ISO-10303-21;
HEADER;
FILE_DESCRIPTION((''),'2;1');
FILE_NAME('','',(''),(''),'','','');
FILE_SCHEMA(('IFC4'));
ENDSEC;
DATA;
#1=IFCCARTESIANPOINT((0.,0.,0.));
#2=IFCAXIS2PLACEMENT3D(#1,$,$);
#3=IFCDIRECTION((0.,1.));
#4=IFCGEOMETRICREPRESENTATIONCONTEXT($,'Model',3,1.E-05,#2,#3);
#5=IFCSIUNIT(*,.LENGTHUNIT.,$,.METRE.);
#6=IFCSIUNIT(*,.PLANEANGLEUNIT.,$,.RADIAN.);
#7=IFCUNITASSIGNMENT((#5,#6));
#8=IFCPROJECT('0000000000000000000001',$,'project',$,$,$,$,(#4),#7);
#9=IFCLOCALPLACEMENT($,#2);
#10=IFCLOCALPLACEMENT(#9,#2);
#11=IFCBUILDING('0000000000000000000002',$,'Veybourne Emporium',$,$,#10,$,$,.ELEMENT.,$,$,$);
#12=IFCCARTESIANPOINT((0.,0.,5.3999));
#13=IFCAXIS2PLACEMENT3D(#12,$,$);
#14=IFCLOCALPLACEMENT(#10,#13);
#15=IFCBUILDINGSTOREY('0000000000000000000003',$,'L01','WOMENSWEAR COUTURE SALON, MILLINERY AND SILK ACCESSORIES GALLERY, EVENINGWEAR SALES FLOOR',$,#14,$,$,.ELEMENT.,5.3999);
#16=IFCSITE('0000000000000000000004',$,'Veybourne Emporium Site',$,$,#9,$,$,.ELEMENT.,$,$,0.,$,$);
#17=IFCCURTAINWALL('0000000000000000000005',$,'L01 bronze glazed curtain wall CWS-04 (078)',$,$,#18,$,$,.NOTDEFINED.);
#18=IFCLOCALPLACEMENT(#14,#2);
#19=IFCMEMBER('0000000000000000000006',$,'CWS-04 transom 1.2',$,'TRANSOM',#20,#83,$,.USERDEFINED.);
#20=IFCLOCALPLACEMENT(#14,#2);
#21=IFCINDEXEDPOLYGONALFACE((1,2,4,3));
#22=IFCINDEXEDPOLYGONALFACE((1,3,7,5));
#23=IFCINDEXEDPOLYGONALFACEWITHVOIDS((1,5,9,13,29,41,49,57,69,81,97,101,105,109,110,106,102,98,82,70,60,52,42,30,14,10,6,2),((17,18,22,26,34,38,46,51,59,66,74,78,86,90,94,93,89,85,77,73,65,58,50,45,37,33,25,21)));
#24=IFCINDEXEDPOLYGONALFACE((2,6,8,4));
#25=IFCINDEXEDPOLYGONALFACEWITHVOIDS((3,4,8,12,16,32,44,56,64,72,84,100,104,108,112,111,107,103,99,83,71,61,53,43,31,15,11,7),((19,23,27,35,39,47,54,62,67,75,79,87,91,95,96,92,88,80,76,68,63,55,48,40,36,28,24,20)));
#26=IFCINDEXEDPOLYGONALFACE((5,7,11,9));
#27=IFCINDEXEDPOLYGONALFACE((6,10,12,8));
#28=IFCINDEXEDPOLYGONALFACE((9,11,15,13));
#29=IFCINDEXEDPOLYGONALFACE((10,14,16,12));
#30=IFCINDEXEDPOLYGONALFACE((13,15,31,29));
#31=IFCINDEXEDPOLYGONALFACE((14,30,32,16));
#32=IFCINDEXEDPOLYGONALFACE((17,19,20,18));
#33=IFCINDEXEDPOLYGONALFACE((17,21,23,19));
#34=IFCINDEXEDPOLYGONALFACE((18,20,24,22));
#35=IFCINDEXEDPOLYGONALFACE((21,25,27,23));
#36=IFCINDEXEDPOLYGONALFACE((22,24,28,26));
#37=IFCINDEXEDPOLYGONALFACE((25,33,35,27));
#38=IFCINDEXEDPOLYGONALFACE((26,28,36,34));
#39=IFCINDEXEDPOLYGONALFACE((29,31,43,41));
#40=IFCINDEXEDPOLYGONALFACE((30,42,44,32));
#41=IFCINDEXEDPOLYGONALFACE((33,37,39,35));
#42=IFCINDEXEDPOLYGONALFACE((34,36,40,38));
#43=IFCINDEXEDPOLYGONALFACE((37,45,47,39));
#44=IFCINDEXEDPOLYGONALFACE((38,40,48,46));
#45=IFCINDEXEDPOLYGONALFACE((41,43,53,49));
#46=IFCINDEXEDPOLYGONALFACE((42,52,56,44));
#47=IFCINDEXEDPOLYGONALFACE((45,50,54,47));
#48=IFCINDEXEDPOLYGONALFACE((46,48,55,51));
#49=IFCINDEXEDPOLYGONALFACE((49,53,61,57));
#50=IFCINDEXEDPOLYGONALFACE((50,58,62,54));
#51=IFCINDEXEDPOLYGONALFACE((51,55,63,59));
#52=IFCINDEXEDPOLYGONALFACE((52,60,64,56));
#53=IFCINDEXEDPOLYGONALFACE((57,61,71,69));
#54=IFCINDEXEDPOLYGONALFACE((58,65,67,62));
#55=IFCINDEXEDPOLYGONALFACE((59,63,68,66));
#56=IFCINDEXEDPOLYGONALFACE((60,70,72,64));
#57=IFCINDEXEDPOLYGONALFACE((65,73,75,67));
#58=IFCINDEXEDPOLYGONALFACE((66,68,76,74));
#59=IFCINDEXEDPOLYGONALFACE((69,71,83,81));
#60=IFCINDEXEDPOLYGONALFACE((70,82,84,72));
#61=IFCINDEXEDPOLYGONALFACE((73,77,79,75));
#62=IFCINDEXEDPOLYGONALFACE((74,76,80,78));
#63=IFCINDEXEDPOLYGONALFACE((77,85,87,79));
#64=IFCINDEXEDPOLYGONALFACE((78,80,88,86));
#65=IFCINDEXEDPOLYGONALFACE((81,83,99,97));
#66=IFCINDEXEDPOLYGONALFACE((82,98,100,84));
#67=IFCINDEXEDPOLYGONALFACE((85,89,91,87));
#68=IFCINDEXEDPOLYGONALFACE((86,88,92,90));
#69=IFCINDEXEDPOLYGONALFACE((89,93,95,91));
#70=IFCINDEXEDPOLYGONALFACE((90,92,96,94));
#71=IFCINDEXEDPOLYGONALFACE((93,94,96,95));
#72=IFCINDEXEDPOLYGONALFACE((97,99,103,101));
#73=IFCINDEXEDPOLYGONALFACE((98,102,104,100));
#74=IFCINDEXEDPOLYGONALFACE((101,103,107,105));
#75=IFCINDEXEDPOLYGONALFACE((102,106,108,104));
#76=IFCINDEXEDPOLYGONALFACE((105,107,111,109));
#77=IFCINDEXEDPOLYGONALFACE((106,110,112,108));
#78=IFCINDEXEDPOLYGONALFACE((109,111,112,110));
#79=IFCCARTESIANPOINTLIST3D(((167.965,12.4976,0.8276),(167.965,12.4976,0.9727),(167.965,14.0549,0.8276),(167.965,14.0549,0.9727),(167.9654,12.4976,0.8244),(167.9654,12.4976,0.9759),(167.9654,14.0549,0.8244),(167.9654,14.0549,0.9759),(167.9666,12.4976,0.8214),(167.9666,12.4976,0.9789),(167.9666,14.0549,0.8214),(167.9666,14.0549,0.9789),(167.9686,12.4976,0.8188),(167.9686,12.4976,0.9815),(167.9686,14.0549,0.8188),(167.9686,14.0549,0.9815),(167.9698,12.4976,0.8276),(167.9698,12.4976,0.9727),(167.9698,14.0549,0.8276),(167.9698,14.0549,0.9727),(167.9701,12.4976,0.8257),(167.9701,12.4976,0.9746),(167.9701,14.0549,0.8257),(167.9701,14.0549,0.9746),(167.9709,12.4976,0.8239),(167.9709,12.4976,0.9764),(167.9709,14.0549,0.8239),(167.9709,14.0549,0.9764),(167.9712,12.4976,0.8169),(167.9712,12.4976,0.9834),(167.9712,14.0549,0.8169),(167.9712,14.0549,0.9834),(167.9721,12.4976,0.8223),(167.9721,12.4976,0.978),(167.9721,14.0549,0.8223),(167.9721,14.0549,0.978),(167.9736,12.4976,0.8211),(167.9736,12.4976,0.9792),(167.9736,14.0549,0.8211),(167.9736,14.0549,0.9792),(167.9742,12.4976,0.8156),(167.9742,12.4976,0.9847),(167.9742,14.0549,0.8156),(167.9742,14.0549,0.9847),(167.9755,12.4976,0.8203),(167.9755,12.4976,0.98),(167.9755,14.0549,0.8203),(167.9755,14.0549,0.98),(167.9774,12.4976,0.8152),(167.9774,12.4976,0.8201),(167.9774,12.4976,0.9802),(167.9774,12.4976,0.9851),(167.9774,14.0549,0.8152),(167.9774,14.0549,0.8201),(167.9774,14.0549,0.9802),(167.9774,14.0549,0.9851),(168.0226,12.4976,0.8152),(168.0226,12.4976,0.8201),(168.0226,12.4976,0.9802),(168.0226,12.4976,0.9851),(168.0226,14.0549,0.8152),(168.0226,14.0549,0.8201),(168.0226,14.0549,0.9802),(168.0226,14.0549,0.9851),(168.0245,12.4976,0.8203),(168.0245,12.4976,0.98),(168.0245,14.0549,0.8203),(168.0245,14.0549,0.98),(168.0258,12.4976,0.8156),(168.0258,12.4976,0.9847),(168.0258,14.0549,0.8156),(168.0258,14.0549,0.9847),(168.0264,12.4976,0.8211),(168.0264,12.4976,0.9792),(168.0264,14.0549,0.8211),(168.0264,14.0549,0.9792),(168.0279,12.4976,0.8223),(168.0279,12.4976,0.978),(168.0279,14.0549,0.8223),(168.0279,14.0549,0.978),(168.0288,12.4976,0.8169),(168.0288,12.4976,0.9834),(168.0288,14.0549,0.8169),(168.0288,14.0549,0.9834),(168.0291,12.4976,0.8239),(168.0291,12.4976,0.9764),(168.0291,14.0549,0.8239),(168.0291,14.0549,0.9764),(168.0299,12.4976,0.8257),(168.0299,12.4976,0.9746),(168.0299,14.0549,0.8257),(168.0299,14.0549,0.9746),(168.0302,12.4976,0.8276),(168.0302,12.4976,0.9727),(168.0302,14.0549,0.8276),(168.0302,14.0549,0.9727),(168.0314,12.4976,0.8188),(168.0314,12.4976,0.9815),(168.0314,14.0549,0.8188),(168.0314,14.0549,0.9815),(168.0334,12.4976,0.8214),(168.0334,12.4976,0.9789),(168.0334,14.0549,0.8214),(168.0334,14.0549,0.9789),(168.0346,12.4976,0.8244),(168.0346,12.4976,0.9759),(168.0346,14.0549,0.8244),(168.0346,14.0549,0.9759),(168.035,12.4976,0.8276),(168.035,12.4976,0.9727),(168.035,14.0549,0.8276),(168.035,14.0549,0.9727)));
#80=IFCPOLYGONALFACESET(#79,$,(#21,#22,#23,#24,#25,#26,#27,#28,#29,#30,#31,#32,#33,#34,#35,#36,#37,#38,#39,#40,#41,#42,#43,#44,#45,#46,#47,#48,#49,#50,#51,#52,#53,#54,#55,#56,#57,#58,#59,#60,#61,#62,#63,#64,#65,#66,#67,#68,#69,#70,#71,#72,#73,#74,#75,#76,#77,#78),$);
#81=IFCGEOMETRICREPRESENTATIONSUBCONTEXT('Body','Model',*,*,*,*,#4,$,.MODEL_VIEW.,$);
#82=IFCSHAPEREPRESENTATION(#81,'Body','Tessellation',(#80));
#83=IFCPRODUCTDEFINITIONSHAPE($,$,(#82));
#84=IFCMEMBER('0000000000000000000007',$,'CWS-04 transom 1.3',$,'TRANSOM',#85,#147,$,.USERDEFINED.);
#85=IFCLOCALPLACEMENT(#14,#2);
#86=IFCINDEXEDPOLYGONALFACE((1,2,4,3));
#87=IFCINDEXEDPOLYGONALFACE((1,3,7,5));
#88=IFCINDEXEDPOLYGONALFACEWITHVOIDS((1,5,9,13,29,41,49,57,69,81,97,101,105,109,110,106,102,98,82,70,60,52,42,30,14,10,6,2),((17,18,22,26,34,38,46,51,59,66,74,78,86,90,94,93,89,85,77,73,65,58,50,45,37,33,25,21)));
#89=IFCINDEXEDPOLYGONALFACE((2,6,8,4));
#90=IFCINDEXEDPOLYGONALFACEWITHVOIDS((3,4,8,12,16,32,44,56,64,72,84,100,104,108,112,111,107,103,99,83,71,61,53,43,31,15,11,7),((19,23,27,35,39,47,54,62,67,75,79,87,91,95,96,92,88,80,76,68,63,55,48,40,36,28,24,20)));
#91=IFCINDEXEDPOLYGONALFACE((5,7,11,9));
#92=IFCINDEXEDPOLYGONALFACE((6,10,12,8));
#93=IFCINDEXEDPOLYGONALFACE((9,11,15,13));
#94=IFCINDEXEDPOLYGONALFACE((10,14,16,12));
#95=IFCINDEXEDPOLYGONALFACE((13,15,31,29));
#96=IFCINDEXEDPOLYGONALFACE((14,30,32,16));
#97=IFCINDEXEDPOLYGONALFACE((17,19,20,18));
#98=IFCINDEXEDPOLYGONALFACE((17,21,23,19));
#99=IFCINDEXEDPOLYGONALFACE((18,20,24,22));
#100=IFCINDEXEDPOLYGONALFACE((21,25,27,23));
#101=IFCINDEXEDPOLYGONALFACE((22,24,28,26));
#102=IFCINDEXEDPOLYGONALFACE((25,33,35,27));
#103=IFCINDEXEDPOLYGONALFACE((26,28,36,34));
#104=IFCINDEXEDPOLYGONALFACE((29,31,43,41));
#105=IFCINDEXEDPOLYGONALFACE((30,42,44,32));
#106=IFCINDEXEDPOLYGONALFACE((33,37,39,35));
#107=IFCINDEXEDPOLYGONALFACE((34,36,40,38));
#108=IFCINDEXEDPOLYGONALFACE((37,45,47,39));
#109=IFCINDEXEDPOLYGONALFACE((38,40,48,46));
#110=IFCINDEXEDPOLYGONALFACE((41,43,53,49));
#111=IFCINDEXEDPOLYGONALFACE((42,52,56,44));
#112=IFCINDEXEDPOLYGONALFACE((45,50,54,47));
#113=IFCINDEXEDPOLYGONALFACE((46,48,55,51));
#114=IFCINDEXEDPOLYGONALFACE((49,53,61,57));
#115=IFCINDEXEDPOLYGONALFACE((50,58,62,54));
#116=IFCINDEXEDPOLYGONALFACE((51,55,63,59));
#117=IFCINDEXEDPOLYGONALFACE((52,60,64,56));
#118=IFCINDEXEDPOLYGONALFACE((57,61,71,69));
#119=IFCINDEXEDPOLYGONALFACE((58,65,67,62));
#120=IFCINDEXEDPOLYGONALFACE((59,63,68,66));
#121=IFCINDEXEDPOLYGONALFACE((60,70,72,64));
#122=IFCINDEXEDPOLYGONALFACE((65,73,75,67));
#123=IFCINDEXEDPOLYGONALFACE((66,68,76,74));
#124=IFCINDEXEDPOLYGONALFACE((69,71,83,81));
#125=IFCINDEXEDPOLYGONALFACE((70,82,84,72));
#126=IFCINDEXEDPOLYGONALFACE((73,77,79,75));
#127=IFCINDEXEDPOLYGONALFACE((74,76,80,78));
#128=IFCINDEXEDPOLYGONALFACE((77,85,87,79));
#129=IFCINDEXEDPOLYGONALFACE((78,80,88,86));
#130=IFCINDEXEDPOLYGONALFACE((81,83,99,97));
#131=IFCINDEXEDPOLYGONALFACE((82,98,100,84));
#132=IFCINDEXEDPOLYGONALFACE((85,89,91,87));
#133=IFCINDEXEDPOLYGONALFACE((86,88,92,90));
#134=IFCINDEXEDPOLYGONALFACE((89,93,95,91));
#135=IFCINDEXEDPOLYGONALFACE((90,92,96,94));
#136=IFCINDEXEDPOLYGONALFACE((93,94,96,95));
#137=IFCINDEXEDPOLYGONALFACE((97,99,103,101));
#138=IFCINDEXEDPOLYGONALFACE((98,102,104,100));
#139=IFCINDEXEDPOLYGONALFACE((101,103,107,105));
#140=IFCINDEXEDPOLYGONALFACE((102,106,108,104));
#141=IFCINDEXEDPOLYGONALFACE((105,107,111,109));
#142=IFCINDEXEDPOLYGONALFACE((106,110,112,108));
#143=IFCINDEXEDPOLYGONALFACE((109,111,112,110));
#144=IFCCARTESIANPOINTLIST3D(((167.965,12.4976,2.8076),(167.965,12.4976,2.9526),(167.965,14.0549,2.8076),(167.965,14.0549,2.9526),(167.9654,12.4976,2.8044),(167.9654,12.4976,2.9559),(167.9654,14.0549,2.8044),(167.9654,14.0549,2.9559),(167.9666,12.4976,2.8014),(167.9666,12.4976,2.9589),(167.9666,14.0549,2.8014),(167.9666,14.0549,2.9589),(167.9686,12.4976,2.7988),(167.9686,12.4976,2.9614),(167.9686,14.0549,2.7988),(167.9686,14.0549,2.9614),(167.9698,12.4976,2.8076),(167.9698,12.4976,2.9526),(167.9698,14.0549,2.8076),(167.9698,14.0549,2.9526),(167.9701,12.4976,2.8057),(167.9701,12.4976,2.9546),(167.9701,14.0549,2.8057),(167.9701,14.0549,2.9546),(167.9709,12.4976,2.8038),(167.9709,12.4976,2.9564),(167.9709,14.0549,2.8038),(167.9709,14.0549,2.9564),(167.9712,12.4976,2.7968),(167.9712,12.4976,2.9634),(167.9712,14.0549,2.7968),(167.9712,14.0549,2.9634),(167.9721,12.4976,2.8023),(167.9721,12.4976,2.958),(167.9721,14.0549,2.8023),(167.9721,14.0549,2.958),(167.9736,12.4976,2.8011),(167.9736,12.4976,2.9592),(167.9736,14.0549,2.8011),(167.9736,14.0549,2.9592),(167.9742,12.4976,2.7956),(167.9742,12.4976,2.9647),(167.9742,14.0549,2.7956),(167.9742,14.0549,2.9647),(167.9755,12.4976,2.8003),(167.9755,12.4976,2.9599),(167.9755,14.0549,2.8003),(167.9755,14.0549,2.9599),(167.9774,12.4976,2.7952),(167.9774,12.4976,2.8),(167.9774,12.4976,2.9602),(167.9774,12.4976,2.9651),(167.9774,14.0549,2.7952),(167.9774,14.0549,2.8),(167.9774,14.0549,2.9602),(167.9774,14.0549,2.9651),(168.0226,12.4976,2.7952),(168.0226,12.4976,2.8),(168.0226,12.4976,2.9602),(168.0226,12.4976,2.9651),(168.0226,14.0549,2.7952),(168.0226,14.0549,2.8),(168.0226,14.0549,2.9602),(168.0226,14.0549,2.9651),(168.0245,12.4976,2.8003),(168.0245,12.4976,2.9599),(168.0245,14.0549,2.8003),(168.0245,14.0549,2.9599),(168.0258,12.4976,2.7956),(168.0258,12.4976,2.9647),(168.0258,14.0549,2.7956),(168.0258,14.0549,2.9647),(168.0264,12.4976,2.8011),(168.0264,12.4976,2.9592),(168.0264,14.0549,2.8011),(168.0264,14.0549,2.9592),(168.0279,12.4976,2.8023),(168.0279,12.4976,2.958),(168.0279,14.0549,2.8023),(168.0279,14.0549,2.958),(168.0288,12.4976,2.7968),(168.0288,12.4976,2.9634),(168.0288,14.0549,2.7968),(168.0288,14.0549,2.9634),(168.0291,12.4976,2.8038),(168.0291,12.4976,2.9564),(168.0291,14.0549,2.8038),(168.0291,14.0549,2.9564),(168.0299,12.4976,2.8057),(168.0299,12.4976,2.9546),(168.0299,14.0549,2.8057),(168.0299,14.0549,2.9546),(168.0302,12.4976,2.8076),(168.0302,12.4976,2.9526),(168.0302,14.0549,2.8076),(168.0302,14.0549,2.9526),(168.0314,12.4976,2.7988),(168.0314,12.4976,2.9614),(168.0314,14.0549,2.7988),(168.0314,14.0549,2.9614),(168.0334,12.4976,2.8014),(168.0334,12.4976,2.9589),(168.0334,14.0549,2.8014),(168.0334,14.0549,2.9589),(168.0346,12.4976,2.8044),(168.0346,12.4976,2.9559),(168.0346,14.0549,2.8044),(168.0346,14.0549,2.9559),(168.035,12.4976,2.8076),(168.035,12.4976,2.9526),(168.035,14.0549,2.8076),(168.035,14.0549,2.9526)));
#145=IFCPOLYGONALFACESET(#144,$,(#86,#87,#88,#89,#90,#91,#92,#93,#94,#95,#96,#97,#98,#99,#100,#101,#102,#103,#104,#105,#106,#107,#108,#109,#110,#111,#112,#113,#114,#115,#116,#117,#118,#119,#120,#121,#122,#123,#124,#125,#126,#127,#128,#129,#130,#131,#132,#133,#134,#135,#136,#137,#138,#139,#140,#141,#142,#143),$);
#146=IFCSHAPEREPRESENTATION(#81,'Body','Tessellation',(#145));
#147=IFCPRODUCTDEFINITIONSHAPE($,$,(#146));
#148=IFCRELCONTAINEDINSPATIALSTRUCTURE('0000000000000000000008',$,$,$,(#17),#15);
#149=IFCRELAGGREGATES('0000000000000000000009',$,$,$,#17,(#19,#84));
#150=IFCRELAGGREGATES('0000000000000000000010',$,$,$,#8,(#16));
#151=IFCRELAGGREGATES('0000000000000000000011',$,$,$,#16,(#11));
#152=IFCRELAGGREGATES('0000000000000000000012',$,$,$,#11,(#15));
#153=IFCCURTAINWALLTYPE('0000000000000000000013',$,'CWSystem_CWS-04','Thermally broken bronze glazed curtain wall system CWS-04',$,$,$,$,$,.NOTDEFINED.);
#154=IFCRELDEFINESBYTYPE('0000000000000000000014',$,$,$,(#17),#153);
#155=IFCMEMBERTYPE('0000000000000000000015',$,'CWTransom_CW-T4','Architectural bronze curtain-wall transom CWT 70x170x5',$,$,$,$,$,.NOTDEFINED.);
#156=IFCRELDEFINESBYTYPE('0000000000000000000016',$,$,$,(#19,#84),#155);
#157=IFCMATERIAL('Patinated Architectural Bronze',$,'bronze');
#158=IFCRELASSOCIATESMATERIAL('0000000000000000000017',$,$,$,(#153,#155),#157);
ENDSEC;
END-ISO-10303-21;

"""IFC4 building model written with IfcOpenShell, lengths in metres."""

from ifc_helpers import new_model, si_unit, direction, frame, origin, origin_2d, place, context, subcontext, project, spatial, hollow_rectangle, extrude, material, material_profile, profile_set, type_object, element, aggregate, save


model = new_model("IFC4")

# Units and contexts
model_context = context("Model", 3, precision=1e-05, world=origin(), true_north=direction((0.0, 1.0)))
body_context = subcontext(model_context, "Body", "Model", "MODEL_VIEW")
ifc_project = project(units=[si_unit("LENGTHUNIT", "METRE"), si_unit("PLANEANGLEUNIT", "RADIAN")], contexts=[model_context])

# Site, building, storey
site_placement = place(None, origin())
site = spatial("IfcSite", under=ifc_project, at=site_placement, Name="Veybourne Emporium Site", CompositionType="ELEMENT", RefElevation=0.0)
building_placement = place(site_placement, origin())
building = spatial("IfcBuilding", under=site, at=building_placement, Name="Veybourne Emporium", CompositionType="ELEMENT")
storey_placement = place(building_placement, frame((0.0, 0.0, 5.3999)))
storey = spatial("IfcBuildingStorey", under=building, at=storey_placement, Name="L01", Description="WOMENSWEAR COUTURE SALON, MILLINERY AND SILK ACCESSORIES GALLERY, EVENINGWEAR SALES FLOOR", CompositionType="ELEMENT", Elevation=5.3999)

# Shared definitions
ifc_material_1 = material(Name="Patinated Architectural Bronze", Category="bronze")

# Curtain wall
curtain_wall_type_1 = type_object("IfcCurtainWallType", Name="CWSystem_CWS-04", Description="Thermally broken bronze glazed curtain wall system CWS-04", PredefinedType="NOTDEFINED", material=ifc_material_1)
curtain_wall_1_placement = place(storey_placement, origin())
curtain_wall_1 = element("IfcCurtainWall", 1, at=curtain_wall_1_placement, inside=storey, type_object=curtain_wall_type_1, Name="L01 bronze glazed curtain wall CWS-04 (078)", PredefinedType="NOTDEFINED")

# Members
ifc_material_profile_1 = material_profile(ifc_material_1, hollow_rectangle(XDim=0.0701, YDim=0.1699, WallThickness=0.0049, InnerFilletRadius=0.0076, OuterFilletRadius=0.0125, at=origin_2d()), Name="CWT 70x170x5")
ifc_profile_set_1 = profile_set([ifc_material_profile_1], Name="Patinated Architectural Bronze")
member_type_1 = type_object("IfcMemberType", Name="CWTransom_CW-T4", Description="Architectural bronze curtain-wall transom CWT 70x170x5", PredefinedType="NOTDEFINED", material=ifc_profile_set_1)
member_1_placement = place(storey_placement, frame((168.0, 14.0549, 0.9001), z_axis=(0.0, -1.0, 0.0), x_axis=(1.0, 0.0, 0.0)))
member_1 = element("IfcMember", 2, at=member_1_placement, type_object=member_type_1, Name="CWS-04 transom 1.2", ObjectType="TRANSOM", PredefinedType="USERDEFINED", context=body_context, shape_type="SweptSolid", body=[
    extrude(hollow_rectangle(XDim=0.0701, YDim=0.1699, WallThickness=0.0049, InnerFilletRadius=0.0076, OuterFilletRadius=0.0125, at=origin_2d()), origin(), (0.0, 0.0, 1.0), 1.5574),
])
member_2_placement = place(storey_placement, frame((168.0, 14.0549, 2.8801), z_axis=(0.0, -1.0, 0.0), x_axis=(1.0, 0.0, 0.0)))
member_2 = element("IfcMember", 3, at=member_2_placement, type_object=member_type_1, Name="CWS-04 transom 1.3", ObjectType="TRANSOM", PredefinedType="USERDEFINED", context=body_context, shape_type="SweptSolid", body=[
    extrude(hollow_rectangle(XDim=0.0701, YDim=0.1699, WallThickness=0.0049, InnerFilletRadius=0.0076, OuterFilletRadius=0.0125, at=origin_2d()), origin(), (0.0, 0.0, 1.0), 1.5574),
])
aggregate(curtain_wall_1, [member_1, member_2])

save(model, "model.ifc")
